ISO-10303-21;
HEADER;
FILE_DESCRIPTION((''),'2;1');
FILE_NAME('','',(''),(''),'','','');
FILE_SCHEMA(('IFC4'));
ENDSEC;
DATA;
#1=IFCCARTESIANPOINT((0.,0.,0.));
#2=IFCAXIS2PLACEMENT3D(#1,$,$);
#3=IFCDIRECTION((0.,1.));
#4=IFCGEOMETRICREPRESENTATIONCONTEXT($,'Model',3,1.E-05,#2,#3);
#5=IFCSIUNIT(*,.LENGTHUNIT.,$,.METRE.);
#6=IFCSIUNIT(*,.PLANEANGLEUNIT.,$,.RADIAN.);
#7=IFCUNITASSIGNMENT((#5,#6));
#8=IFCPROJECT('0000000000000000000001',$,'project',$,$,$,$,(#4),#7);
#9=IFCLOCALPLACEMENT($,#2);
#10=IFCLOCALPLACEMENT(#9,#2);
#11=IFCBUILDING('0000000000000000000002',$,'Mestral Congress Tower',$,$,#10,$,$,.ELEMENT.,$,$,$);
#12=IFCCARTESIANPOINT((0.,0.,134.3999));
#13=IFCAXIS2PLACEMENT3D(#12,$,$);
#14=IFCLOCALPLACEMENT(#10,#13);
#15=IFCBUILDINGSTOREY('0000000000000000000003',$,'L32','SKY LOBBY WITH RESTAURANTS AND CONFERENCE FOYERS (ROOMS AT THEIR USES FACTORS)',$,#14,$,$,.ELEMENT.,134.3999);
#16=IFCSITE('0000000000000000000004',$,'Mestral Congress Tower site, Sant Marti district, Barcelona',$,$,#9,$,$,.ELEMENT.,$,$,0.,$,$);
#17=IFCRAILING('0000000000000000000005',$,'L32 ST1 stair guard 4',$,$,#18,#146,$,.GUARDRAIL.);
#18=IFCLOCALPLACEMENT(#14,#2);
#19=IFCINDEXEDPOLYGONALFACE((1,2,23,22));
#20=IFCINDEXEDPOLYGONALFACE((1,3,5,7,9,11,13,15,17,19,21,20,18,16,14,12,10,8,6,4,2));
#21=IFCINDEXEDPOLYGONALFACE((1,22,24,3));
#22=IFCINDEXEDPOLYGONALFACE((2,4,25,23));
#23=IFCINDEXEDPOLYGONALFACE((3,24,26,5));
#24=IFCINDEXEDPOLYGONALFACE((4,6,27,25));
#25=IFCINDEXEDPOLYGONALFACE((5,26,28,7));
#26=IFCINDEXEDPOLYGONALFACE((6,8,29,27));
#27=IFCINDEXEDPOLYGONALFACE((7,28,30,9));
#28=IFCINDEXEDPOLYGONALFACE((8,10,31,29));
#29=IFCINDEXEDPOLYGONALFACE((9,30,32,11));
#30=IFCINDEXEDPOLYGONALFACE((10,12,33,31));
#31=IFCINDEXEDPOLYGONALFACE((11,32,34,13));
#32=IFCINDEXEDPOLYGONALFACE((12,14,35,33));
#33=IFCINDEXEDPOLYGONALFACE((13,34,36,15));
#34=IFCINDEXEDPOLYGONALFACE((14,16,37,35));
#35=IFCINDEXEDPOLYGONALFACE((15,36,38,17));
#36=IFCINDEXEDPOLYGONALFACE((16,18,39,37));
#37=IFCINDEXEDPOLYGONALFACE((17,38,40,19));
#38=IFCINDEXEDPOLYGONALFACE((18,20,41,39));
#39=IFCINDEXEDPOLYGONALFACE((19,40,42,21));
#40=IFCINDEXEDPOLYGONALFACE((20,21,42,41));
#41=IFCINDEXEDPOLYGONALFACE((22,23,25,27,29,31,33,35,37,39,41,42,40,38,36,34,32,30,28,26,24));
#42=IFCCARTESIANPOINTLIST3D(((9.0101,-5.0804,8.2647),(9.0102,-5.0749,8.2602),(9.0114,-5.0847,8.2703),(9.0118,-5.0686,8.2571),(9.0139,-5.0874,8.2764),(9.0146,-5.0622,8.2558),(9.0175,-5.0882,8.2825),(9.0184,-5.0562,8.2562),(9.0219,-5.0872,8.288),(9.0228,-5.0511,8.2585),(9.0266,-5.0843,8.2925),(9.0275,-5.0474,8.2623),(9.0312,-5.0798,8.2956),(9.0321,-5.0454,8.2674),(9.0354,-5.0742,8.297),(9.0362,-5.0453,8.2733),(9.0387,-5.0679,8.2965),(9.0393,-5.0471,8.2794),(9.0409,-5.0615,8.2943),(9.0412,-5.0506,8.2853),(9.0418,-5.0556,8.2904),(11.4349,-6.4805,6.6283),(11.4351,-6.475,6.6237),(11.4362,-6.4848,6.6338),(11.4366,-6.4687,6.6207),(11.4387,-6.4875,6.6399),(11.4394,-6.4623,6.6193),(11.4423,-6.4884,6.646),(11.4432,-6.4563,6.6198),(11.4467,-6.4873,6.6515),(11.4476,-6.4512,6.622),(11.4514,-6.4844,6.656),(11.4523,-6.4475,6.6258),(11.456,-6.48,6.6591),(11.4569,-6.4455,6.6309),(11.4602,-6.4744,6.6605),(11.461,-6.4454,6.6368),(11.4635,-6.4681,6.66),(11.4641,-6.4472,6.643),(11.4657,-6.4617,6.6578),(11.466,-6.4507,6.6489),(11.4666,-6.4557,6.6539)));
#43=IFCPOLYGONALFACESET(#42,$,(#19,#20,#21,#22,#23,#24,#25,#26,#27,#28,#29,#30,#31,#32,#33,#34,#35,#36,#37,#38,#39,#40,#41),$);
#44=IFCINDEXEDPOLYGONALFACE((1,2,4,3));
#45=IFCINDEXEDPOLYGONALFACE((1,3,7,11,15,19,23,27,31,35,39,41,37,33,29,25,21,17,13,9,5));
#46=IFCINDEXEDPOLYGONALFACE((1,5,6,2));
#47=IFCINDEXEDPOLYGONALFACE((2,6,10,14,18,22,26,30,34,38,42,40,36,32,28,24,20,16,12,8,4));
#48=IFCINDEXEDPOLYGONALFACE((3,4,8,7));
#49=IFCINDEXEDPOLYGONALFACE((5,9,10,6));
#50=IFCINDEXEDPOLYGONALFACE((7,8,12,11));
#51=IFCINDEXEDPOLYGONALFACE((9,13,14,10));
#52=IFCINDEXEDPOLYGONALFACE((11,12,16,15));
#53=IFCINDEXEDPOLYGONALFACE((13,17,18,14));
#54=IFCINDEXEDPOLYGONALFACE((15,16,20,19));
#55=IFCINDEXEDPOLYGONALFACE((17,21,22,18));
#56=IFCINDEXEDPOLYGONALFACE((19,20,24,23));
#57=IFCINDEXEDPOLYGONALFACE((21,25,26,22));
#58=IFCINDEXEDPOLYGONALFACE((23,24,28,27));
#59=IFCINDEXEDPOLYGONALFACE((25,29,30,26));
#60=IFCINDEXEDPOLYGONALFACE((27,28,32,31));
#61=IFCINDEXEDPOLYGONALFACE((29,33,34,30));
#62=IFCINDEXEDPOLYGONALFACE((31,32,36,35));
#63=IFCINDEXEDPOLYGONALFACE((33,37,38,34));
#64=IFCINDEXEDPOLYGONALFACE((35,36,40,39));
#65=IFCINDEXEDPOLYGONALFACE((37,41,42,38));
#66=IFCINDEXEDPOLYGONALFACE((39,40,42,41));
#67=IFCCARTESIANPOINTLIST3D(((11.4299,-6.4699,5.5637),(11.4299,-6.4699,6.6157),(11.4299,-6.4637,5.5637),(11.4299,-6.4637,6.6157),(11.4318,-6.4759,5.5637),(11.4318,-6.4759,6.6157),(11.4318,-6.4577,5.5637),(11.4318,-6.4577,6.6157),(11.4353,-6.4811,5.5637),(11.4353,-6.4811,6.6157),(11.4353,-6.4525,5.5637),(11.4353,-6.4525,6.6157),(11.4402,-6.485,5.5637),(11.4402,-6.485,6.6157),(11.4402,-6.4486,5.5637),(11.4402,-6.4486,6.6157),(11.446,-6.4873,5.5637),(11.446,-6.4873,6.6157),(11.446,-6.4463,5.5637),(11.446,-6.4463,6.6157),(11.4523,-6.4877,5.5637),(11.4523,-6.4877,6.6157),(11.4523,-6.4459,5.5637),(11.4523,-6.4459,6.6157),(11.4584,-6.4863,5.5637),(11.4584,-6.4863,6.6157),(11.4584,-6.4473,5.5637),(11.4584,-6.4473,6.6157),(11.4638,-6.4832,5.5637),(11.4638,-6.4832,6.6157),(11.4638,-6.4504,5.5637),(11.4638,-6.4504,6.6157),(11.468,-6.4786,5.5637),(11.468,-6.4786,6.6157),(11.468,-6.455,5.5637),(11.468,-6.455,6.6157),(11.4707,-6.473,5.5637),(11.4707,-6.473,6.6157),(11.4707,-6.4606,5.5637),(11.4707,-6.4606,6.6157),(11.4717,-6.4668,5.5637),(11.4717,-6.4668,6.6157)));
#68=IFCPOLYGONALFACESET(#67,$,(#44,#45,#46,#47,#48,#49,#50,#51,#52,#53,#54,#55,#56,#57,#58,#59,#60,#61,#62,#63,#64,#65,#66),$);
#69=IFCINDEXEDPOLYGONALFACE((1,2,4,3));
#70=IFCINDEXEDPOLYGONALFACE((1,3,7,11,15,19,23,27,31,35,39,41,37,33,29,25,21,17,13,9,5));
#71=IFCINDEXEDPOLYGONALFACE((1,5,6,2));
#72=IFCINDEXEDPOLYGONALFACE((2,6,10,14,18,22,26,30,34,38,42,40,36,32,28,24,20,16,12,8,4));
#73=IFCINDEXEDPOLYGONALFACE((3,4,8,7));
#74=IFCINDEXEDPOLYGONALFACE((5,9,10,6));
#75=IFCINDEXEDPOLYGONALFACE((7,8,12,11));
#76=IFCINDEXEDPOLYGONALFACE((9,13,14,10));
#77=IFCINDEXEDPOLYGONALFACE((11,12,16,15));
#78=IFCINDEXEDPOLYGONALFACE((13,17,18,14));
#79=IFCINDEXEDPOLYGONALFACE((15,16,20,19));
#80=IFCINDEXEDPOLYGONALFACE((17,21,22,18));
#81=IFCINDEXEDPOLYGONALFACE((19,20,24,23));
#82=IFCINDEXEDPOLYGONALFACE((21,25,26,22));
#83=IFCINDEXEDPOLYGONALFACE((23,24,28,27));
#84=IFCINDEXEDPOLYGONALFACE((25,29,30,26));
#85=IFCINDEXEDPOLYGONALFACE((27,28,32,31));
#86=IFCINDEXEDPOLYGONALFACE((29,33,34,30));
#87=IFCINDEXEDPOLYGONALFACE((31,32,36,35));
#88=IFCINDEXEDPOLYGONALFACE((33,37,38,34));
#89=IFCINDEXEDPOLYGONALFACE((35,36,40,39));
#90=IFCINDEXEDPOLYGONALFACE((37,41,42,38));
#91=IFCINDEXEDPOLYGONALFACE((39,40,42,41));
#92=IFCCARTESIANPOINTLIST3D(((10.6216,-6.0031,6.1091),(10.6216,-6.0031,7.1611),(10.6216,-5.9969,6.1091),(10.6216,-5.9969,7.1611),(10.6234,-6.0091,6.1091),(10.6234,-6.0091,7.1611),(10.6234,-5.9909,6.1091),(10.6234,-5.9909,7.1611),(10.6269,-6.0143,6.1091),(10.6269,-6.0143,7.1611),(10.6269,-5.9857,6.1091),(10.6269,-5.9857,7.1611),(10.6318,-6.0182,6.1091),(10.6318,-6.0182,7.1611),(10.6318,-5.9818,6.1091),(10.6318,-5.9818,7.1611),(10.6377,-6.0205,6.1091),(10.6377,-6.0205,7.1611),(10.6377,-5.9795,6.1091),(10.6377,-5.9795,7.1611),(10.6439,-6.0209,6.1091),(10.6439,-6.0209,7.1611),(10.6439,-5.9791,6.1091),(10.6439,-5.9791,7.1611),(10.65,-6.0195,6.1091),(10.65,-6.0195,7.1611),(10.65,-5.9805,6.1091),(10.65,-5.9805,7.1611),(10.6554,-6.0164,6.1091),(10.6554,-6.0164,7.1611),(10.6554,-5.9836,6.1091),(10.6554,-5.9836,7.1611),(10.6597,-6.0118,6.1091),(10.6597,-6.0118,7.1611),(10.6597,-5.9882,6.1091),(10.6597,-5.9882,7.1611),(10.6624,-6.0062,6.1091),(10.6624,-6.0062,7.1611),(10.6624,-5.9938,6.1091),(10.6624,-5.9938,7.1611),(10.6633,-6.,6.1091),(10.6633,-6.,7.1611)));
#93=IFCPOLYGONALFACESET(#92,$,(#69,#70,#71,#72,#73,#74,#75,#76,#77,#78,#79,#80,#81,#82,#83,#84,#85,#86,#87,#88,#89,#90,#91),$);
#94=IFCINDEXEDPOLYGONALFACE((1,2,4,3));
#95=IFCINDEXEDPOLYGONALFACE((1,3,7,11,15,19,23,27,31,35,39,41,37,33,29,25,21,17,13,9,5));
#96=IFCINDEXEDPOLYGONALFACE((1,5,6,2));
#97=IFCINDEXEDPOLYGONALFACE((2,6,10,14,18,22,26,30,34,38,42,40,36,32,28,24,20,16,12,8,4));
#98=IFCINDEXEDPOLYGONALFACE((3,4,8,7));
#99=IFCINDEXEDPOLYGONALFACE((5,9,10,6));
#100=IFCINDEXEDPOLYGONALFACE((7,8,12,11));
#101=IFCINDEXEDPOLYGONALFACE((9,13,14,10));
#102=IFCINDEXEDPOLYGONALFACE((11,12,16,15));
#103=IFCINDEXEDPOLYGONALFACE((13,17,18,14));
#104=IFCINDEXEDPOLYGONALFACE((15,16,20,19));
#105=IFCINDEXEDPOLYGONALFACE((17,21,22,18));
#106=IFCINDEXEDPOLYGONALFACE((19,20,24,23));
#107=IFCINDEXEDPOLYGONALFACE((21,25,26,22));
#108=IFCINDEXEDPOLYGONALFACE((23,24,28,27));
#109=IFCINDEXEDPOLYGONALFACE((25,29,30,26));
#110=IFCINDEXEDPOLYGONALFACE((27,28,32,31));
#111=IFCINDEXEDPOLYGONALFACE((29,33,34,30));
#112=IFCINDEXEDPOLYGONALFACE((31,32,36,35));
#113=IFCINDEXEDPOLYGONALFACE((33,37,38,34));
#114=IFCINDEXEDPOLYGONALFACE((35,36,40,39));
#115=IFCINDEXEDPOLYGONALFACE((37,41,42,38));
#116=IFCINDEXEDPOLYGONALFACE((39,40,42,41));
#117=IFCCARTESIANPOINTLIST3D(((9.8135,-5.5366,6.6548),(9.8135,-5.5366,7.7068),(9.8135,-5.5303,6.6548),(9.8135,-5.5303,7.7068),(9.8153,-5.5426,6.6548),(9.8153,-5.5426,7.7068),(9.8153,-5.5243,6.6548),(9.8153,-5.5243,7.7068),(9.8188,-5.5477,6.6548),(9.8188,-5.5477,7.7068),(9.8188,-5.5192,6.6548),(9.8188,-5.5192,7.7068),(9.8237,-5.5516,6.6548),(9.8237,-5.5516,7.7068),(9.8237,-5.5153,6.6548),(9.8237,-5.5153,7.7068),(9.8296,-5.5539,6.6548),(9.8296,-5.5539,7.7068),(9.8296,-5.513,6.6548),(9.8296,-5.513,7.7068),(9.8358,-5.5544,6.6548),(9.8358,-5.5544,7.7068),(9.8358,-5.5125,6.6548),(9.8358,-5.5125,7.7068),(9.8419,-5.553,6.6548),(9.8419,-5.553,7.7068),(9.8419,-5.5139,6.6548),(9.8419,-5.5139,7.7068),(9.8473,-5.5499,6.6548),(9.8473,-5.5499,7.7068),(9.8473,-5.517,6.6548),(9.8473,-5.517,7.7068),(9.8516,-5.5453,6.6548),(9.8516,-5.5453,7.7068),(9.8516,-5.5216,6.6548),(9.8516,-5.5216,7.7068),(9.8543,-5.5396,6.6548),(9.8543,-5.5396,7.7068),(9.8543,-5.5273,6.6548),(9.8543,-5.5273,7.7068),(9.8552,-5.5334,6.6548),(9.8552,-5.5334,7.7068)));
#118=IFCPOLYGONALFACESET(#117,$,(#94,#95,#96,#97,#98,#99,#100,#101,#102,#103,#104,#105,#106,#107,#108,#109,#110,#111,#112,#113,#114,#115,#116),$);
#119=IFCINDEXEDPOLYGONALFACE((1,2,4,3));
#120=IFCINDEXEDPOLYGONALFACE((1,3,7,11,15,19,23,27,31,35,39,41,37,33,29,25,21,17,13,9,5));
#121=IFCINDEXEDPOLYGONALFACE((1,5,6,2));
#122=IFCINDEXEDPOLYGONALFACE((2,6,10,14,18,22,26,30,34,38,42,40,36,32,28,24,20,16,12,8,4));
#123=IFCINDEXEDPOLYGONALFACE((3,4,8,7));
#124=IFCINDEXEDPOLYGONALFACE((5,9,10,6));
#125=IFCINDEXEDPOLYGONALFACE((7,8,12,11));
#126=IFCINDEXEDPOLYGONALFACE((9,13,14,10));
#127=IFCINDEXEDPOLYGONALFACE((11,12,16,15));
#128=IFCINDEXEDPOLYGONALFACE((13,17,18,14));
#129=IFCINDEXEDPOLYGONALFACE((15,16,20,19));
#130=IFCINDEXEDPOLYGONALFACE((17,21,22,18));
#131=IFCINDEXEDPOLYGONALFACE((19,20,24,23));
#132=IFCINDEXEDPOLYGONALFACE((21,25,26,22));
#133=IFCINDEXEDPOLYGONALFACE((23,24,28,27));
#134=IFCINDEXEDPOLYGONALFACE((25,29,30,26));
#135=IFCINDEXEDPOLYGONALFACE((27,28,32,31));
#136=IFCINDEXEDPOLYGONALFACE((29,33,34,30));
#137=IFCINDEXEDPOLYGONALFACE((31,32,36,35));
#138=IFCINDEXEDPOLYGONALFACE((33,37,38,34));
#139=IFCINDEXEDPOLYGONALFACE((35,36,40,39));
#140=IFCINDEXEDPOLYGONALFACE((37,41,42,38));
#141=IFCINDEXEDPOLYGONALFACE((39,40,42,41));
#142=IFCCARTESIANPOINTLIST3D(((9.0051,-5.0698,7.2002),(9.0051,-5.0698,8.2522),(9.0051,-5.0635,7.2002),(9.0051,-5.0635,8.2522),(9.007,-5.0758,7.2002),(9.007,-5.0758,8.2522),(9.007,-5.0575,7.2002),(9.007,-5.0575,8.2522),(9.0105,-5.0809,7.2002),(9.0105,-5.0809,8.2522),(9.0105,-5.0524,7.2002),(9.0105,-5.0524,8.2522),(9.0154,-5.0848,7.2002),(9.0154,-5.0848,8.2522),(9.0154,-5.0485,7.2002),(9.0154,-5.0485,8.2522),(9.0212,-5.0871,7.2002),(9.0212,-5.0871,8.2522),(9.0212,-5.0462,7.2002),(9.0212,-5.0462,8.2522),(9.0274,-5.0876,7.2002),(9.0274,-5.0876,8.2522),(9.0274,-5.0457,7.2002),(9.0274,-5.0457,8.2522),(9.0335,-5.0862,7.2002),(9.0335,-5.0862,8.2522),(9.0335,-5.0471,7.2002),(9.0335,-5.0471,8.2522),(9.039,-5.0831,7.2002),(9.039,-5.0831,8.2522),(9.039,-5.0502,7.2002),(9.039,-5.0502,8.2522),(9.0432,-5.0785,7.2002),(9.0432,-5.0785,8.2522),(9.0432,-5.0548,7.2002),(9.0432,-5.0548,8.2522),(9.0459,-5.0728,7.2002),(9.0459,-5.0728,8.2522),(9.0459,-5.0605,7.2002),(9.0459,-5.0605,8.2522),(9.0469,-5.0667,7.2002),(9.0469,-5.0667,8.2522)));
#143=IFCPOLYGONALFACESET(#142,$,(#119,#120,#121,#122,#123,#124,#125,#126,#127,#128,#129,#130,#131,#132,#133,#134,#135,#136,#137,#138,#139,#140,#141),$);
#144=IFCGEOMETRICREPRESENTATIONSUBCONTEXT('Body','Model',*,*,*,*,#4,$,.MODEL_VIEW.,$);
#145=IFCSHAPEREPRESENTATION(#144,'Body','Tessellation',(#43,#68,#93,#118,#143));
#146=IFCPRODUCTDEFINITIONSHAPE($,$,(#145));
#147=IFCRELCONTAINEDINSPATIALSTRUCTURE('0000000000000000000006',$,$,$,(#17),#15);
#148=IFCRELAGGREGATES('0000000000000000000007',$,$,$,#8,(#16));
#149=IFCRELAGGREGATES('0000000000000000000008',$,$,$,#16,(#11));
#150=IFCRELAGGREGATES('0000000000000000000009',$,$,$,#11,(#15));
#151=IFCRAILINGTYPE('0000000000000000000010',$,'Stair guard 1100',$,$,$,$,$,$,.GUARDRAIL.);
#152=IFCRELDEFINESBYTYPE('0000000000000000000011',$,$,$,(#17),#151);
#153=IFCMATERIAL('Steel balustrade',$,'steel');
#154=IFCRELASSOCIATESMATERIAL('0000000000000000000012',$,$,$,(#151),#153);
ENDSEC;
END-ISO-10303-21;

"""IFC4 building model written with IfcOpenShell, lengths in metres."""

from ifc_helpers import new_model, si_unit, direction, frame, origin, origin_2d, place, context, subcontext, project, spatial, circle, extrude, material, type_object, element, save


model = new_model("IFC4")

# Units and contexts
model_context = context("Model", 3, precision=1e-05, world=origin(), true_north=direction((0.0, 1.0)))
body_context = subcontext(model_context, "Body", "Model", "MODEL_VIEW")
ifc_project = project(units=[si_unit("LENGTHUNIT", "METRE"), si_unit("PLANEANGLEUNIT", "RADIAN")], contexts=[model_context])

# Site, building, storey
site_placement = place(None, origin())
site = spatial("IfcSite", under=ifc_project, at=site_placement, Name="Mestral Congress Tower site, Sant Marti district, Barcelona", CompositionType="ELEMENT", RefElevation=0.0)
building_placement = place(site_placement, origin())
building = spatial("IfcBuilding", under=site, at=building_placement, Name="Mestral Congress Tower", CompositionType="ELEMENT")
storey_placement = place(building_placement, frame((0.0, 0.0, 134.3999)))
storey = spatial("IfcBuildingStorey", under=building, at=storey_placement, Name="L32", Description="SKY LOBBY WITH RESTAURANTS AND CONFERENCE FOYERS (ROOMS AT THEIR USES FACTORS)", CompositionType="ELEMENT", Elevation=134.3999)

# Railing
ifc_material_1 = material(Name="Steel balustrade", Category="steel")
railing_type = type_object("IfcRailingType", Name="Stair guard 1100", PredefinedType="GUARDRAIL", material=ifc_material_1)
railing_1_placement = place(storey_placement, frame((11.4507, -6.4668, 5.5637)))
element("IfcRailing", 1, at=railing_1_placement, inside=storey, type_object=railing_type, Name="L32 ST1 stair guard 4", PredefinedType="GUARDRAIL", context=body_context, shape_type="SweptSolid", body=[
    extrude(circle(Radius=0.0239, at=origin_2d()), frame((0.0, 0.0, 1.0762), z_axis=(-0.747666, 0.431722, 0.504591), x_axis=(-0.50005, -0.865997, 0.0)), (0.0, 0.0, 1.0), 3.2432),
    extrude(circle(Radius=0.021, at=origin_2d()), origin(), (0.0, 0.0, 1.0), 1.052),
    extrude(circle(Radius=0.021, at=origin_2d()), frame((-0.8083, 0.4668, 0.5454)), (0.0, 0.0, 1.0), 1.052),
    extrude(circle(Radius=0.021, at=origin_2d()), frame((-1.6165, 0.9333, 1.0911)), (0.0, 0.0, 1.0), 1.052),
    extrude(circle(Radius=0.021, at=origin_2d()), frame((-2.4248, 1.4001, 1.6365)), (0.0, 0.0, 1.0), 1.052),
])

save(model, "model.ifc")
